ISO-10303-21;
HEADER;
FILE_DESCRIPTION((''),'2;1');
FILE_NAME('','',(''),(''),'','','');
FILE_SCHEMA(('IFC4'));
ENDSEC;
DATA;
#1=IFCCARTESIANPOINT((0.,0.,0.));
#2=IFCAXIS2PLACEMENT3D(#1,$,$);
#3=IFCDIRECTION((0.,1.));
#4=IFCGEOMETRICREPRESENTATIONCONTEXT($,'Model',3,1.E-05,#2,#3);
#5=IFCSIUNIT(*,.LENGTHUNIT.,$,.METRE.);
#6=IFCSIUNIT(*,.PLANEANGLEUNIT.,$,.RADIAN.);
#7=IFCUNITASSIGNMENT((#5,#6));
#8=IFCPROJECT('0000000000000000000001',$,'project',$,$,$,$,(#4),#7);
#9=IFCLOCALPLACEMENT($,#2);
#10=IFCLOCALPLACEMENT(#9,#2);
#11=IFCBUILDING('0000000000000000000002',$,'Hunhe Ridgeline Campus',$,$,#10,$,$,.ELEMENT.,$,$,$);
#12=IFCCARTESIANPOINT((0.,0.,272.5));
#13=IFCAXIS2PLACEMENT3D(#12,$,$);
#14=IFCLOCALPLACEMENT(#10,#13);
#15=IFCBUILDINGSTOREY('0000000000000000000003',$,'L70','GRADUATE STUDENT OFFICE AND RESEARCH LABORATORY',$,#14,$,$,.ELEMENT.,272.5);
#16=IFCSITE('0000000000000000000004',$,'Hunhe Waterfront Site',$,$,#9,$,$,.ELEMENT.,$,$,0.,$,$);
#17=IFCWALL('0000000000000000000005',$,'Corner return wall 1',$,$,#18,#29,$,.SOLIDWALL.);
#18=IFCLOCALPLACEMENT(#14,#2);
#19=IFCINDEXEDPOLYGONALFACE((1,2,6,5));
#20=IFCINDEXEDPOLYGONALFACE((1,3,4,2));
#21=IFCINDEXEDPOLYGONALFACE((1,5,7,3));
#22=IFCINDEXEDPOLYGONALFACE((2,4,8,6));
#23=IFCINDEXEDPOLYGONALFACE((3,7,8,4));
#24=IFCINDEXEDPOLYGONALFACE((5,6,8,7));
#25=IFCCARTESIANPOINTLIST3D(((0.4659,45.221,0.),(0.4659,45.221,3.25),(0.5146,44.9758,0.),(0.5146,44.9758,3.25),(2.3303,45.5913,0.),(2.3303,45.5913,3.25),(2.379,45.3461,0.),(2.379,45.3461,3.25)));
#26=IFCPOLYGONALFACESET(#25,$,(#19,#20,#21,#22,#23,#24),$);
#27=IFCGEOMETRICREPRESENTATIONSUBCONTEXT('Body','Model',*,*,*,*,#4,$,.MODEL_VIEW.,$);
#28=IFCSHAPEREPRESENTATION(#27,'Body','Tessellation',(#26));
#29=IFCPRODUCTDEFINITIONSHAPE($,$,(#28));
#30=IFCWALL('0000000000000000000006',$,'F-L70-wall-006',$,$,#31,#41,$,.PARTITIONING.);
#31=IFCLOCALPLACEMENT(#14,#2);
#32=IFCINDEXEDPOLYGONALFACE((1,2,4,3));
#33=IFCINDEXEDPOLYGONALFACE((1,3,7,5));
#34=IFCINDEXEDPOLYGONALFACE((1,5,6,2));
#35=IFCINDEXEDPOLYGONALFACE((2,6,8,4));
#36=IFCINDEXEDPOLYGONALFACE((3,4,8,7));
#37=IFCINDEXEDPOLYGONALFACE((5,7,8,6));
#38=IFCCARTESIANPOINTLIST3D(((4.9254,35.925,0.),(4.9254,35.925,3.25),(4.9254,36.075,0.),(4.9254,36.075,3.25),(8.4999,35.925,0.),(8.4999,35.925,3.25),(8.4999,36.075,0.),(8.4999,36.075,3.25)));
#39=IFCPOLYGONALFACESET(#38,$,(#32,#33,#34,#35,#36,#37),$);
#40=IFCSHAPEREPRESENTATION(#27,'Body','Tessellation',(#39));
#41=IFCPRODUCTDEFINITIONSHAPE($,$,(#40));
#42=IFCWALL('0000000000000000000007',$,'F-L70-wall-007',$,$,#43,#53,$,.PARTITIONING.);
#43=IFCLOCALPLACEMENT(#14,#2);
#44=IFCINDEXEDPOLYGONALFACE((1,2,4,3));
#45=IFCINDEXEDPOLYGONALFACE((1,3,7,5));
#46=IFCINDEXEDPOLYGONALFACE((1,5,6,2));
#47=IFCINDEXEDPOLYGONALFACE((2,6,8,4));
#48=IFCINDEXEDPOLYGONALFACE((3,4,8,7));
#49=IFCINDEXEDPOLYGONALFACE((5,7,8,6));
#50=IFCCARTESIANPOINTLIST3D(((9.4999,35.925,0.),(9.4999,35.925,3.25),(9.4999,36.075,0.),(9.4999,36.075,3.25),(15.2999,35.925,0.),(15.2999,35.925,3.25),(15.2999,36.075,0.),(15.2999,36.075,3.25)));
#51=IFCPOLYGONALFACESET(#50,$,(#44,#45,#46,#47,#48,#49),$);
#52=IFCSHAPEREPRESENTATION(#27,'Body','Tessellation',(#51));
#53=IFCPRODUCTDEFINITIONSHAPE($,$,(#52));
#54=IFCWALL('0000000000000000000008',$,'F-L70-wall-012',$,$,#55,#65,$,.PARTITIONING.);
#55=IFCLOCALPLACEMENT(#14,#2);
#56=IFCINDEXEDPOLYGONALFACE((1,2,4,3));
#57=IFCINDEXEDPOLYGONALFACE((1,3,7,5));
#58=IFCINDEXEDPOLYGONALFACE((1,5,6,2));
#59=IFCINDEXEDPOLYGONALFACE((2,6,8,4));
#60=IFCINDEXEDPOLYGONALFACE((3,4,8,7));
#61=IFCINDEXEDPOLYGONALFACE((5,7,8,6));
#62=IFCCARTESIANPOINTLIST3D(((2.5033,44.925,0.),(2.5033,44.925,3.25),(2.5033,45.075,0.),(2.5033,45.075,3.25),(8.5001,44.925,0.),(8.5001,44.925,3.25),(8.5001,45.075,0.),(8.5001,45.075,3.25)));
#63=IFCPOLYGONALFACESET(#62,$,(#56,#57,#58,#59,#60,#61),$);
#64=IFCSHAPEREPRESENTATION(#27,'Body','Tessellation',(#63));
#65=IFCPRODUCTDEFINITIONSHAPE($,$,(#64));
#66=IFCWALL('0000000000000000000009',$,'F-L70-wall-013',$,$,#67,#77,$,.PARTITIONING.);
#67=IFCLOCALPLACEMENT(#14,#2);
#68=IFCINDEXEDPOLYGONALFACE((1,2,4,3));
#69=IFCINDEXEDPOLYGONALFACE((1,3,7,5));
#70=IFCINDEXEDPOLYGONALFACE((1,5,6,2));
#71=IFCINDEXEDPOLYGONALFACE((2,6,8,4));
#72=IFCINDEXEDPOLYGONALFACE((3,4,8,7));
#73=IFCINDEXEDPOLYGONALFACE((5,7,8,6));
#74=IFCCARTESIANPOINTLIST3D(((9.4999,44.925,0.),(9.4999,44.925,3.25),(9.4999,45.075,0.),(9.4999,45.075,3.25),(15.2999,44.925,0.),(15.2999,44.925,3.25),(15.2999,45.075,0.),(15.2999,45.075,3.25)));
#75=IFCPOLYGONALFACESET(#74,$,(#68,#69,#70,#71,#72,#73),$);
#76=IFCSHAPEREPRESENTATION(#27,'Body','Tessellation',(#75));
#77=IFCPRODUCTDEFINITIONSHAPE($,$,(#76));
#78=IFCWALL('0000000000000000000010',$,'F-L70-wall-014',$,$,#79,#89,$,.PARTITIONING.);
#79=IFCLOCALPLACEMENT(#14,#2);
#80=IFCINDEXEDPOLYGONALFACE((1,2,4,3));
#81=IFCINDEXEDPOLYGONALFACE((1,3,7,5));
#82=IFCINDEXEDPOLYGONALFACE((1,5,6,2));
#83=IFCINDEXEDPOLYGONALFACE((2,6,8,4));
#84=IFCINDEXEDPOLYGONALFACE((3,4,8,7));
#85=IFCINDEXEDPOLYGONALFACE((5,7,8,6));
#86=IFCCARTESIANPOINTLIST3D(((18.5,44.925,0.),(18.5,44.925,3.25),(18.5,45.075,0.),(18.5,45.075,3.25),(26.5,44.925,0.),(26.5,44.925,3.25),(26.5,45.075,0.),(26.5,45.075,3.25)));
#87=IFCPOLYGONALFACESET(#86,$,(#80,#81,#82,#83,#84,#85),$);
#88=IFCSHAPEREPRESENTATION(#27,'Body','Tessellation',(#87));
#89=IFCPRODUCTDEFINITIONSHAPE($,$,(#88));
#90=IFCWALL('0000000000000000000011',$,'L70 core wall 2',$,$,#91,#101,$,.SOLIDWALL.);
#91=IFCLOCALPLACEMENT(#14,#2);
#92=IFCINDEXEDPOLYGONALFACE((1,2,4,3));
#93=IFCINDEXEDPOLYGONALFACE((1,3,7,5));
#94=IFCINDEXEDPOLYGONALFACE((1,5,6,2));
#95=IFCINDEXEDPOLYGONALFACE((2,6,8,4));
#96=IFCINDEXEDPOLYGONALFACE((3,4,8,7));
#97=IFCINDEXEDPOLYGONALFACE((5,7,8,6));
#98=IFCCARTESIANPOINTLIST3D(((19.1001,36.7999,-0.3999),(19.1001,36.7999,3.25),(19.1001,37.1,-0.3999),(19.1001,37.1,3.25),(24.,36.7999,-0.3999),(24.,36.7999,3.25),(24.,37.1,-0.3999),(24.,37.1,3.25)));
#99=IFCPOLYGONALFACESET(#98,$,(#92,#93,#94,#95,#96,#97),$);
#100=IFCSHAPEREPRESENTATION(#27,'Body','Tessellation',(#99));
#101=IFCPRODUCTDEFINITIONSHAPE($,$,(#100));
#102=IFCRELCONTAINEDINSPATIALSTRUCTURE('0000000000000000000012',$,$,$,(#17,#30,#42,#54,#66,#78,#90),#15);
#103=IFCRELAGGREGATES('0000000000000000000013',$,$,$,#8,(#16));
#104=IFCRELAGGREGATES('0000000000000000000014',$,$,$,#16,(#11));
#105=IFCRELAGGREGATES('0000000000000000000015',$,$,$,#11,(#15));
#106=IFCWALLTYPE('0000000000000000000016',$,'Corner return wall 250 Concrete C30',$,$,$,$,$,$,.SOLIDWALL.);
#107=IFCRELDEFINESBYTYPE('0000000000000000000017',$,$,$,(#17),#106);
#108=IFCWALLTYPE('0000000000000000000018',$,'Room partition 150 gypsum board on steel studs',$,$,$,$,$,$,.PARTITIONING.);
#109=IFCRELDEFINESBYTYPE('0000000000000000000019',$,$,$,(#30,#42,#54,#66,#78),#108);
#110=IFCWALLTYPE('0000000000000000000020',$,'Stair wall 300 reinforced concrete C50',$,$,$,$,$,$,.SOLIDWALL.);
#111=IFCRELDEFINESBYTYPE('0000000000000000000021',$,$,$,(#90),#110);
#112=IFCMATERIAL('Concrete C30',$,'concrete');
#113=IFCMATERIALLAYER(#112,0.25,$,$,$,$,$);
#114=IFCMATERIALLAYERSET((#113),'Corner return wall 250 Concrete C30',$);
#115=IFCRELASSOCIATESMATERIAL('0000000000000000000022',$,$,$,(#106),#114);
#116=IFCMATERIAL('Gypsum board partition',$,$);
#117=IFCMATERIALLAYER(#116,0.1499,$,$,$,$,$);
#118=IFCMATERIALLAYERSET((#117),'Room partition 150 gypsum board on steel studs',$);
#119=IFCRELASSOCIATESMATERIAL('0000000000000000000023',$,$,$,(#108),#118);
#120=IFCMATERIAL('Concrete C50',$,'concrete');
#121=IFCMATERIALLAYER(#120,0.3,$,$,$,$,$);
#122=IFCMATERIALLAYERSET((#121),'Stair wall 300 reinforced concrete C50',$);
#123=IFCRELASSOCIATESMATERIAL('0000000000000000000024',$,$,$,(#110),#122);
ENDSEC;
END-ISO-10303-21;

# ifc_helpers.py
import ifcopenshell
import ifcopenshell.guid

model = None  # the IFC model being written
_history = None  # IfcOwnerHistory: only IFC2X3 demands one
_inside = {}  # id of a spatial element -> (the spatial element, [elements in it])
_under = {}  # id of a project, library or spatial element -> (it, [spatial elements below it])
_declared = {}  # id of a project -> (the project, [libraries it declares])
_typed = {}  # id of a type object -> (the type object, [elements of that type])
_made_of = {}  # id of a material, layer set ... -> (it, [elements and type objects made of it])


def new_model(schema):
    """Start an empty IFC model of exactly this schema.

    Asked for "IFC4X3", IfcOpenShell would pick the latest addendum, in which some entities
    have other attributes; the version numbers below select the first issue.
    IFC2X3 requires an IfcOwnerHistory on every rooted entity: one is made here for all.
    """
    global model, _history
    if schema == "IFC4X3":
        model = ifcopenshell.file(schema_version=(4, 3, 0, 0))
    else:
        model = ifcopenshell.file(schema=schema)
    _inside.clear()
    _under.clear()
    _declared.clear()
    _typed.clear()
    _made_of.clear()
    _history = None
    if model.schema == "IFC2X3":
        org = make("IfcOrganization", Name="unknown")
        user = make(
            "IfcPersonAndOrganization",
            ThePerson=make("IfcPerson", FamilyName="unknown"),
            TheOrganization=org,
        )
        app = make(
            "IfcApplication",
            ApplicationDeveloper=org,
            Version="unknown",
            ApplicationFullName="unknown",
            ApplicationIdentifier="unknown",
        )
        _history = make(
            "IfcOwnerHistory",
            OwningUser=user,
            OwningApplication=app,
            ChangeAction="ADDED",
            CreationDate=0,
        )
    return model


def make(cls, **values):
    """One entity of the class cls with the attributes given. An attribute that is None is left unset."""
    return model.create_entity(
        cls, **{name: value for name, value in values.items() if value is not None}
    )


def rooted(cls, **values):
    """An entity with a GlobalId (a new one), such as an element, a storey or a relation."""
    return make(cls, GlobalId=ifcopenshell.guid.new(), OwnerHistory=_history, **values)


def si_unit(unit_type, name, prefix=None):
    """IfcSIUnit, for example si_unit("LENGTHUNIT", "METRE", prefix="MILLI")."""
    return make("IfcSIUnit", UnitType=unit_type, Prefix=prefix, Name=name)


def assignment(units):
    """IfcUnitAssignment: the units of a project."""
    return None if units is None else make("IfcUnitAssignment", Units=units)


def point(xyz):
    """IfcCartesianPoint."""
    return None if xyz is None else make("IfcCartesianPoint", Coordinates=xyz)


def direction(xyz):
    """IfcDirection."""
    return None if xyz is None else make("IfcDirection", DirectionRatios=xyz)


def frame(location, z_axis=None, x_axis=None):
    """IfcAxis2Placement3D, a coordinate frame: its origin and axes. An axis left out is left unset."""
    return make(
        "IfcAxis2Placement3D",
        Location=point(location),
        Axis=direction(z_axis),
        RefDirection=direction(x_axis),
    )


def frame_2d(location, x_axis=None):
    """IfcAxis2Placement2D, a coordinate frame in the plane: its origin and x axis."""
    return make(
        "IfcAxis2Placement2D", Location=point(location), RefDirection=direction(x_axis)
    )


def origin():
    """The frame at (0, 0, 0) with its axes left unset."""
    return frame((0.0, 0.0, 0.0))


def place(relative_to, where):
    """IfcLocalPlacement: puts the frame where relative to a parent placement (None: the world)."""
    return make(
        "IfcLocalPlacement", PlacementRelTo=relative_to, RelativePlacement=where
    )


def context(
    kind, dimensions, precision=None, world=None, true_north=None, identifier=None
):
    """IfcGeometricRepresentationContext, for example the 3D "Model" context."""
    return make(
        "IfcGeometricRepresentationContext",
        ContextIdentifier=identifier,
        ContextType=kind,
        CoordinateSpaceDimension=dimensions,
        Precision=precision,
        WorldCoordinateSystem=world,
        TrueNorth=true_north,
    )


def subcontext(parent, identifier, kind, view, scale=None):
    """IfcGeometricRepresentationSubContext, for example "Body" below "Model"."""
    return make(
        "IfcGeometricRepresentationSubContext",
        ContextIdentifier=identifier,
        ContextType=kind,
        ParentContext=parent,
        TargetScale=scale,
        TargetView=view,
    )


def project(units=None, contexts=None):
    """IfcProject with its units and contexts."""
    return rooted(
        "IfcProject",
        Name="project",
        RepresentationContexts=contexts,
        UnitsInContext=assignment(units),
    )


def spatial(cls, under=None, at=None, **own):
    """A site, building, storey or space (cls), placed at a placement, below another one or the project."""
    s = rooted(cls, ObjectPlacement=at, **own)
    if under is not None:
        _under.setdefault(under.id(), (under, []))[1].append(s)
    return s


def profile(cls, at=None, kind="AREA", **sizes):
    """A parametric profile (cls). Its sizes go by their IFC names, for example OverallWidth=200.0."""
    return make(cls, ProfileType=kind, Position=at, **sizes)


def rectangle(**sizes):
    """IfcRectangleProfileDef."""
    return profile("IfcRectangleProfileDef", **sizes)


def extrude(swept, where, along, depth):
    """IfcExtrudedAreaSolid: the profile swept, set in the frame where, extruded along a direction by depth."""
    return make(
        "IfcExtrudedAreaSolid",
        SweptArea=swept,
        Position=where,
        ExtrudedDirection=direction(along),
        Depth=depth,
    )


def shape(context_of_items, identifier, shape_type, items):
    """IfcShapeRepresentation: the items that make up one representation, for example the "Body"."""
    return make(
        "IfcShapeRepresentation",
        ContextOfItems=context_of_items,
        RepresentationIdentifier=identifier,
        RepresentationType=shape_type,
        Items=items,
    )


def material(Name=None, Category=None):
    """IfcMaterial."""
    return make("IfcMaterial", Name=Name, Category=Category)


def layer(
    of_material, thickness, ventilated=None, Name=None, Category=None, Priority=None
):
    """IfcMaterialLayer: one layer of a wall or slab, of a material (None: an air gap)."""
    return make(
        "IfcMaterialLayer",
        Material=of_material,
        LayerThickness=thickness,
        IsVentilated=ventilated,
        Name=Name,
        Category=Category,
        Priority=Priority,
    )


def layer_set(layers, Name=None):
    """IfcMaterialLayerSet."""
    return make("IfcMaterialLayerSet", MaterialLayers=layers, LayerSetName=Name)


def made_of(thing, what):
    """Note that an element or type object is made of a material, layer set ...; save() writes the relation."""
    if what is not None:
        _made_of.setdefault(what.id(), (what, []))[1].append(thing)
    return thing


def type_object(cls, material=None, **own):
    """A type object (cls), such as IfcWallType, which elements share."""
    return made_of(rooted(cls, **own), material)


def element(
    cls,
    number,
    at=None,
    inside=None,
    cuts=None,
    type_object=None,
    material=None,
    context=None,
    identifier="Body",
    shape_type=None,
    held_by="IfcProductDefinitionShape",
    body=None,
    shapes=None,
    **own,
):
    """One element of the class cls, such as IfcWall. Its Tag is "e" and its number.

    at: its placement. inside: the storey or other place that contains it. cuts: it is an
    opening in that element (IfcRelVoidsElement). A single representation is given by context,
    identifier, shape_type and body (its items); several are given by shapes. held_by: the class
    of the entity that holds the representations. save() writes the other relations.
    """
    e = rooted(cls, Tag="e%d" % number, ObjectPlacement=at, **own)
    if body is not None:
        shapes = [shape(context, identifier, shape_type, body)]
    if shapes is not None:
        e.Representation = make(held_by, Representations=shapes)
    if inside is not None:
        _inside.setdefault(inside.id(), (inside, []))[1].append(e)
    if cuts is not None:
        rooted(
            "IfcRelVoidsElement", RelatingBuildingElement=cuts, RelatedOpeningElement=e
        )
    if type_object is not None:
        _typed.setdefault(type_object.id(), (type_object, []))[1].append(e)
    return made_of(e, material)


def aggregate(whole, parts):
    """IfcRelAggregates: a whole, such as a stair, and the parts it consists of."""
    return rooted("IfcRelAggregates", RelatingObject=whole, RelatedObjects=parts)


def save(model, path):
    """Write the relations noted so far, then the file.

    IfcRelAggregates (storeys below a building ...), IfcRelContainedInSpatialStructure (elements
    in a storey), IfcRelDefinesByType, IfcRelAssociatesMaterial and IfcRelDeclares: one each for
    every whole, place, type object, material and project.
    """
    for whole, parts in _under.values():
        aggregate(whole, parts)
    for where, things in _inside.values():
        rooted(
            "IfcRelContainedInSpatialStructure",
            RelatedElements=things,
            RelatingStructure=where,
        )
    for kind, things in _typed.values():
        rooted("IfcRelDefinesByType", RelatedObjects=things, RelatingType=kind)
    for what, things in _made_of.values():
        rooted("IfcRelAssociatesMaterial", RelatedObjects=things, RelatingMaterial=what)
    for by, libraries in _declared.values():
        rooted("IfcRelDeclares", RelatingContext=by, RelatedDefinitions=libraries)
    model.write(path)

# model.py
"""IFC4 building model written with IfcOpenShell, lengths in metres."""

from ifc_helpers import new_model, si_unit, direction, frame, frame_2d, origin, place, context, subcontext, project, spatial, rectangle, extrude, material, layer, layer_set, type_object, element, save


model = new_model("IFC4")

# Units and contexts
model_context = context("Model", 3, precision=1e-05, world=origin(), true_north=direction((0.0, 1.0)))
body_context = subcontext(model_context, "Body", "Model", "MODEL_VIEW")
ifc_project = project(units=[si_unit("LENGTHUNIT", "METRE"), si_unit("PLANEANGLEUNIT", "RADIAN")], contexts=[model_context])

# Site, building, storey
site_placement = place(None, origin())
site = spatial("IfcSite", under=ifc_project, at=site_placement, Name="Hunhe Waterfront Site", CompositionType="ELEMENT", RefElevation=0.0)
building_placement = place(site_placement, origin())
building = spatial("IfcBuilding", under=site, at=building_placement, Name="Hunhe Ridgeline Campus", CompositionType="ELEMENT")
storey_placement = place(building_placement, frame((0.0, 0.0, 272.5)))
storey = spatial("IfcBuildingStorey", under=building, at=storey_placement, Name="L70", Description="GRADUATE STUDENT OFFICE AND RESEARCH LABORATORY", CompositionType="ELEMENT", Elevation=272.5)

# Shared definitions
ifc_material_1 = material(Name="Concrete C50", Category="concrete")

# Walls
ifc_material_2 = material(Name="Concrete C30", Category="concrete")
ifc_layer_1 = layer(ifc_material_2, 0.25)
ifc_layer_set_1 = layer_set([ifc_layer_1], Name="Corner return wall 250 Concrete C30")
wall_type_1 = type_object("IfcWallType", Name="Corner return wall 250 Concrete C30", PredefinedType="SOLIDWALL", material=ifc_layer_set_1)
wall_1_placement = place(storey_placement, frame((0.4902, 45.0984, 0.0), z_axis=(0.0, 0.0, 1.0), x_axis=(0.980837, 0.194832, 0.0)))
element("IfcWall", 1, at=wall_1_placement, inside=storey, type_object=wall_type_1, Name="Corner return wall 1", PredefinedType="SOLIDWALL", context=body_context, shape_type="SweptSolid", body=[
    extrude(rectangle(XDim=1.9009, YDim=0.25, at=frame_2d((0.9504, 0.0))), origin(), (0.0, 0.0, 1.0), 3.25),
])
ifc_material_3 = material(Name="Gypsum board partition")
ifc_layer_2 = layer(ifc_material_3, 0.1499)
ifc_layer_set_2 = layer_set([ifc_layer_2], Name="Room partition 150 gypsum board on steel studs")
wall_type_2 = type_object("IfcWallType", Name="Room partition 150 gypsum board on steel studs", PredefinedType="PARTITIONING", material=ifc_layer_set_2)
wall_2_placement = place(storey_placement, frame((4.9255, 36.0, 0.0), z_axis=(0.0, 0.0, 1.0), x_axis=(1.0, 0.0, 0.0)))
element("IfcWall", 2, at=wall_2_placement, inside=storey, type_object=wall_type_2, Name="F-L70-wall-006", PredefinedType="PARTITIONING", context=body_context, shape_type="SweptSolid", body=[
    extrude(rectangle(XDim=3.5745, YDim=0.1499, at=frame_2d((1.7871, 0.0))), origin(), (0.0, 0.0, 1.0), 3.25),
])
wall_3_placement = place(storey_placement, frame((9.5, 36.0, 0.0), z_axis=(0.0, 0.0, 1.0), x_axis=(1.0, 0.0, 0.0)))
element("IfcWall", 3, at=wall_3_placement, inside=storey, type_object=wall_type_2, Name="F-L70-wall-007", PredefinedType="PARTITIONING", context=body_context, shape_type="SweptSolid", body=[
    extrude(rectangle(XDim=5.8, YDim=0.1499, at=frame_2d((2.8999, 0.0))), origin(), (0.0, 0.0, 1.0), 3.25),
])
wall_4_placement = place(storey_placement, frame((2.5032, 45.0, 0.0), z_axis=(0.0, 0.0, 1.0), x_axis=(1.0, 0.0, 0.0)))
element("IfcWall", 4, at=wall_4_placement, inside=storey, type_object=wall_type_2, Name="F-L70-wall-012", PredefinedType="PARTITIONING", context=body_context, shape_type="SweptSolid", body=[
    extrude(rectangle(XDim=5.9968, YDim=0.1499, at=frame_2d((2.9985, 0.0))), origin(), (0.0, 0.0, 1.0), 3.25),
])
wall_5_placement = place(storey_placement, frame((9.5, 45.0, 0.0), z_axis=(0.0, 0.0, 1.0), x_axis=(1.0, 0.0, 0.0)))
element("IfcWall", 5, at=wall_5_placement, inside=storey, type_object=wall_type_2, Name="F-L70-wall-013", PredefinedType="PARTITIONING", context=body_context, shape_type="SweptSolid", body=[
    extrude(rectangle(XDim=5.8, YDim=0.1499, at=frame_2d((2.8999, 0.0))), origin(), (0.0, 0.0, 1.0), 3.25),
])
wall_6_placement = place(storey_placement, frame((18.5, 45.0, 0.0), z_axis=(0.0, 0.0, 1.0), x_axis=(1.0, 0.0, 0.0)))
element("IfcWall", 6, at=wall_6_placement, inside=storey, type_object=wall_type_2, Name="F-L70-wall-014", PredefinedType="PARTITIONING", context=body_context, shape_type="SweptSolid", body=[
    extrude(rectangle(XDim=8.0, YDim=0.1499, at=frame_2d((4.0, 0.0))), origin(), (0.0, 0.0, 1.0), 3.25),
])
ifc_layer_3 = layer(ifc_material_1, 0.3)
ifc_layer_set_3 = layer_set([ifc_layer_3], Name="Stair wall 300 reinforced concrete C50")
wall_type_3 = type_object("IfcWallType", Name="Stair wall 300 reinforced concrete C50", PredefinedType="SOLIDWALL", material=ifc_layer_set_3)
wall_7_placement = place(storey_placement, frame((19.1001, 36.95, -0.3999), z_axis=(0.0, 0.0, 1.0), x_axis=(1.0, 0.0, 0.0)))
element("IfcWall", 7, at=wall_7_placement, inside=storey, type_object=wall_type_3, Name="L70 core wall 2", PredefinedType="SOLIDWALL", context=body_context, shape_type="SweptSolid", body=[
    extrude(rectangle(XDim=4.8999, YDim=0.3, at=frame_2d((2.45, 0.0))), origin(), (0.0, 0.0, 1.0), 3.6499),
])

save(model, "model.ifc")
